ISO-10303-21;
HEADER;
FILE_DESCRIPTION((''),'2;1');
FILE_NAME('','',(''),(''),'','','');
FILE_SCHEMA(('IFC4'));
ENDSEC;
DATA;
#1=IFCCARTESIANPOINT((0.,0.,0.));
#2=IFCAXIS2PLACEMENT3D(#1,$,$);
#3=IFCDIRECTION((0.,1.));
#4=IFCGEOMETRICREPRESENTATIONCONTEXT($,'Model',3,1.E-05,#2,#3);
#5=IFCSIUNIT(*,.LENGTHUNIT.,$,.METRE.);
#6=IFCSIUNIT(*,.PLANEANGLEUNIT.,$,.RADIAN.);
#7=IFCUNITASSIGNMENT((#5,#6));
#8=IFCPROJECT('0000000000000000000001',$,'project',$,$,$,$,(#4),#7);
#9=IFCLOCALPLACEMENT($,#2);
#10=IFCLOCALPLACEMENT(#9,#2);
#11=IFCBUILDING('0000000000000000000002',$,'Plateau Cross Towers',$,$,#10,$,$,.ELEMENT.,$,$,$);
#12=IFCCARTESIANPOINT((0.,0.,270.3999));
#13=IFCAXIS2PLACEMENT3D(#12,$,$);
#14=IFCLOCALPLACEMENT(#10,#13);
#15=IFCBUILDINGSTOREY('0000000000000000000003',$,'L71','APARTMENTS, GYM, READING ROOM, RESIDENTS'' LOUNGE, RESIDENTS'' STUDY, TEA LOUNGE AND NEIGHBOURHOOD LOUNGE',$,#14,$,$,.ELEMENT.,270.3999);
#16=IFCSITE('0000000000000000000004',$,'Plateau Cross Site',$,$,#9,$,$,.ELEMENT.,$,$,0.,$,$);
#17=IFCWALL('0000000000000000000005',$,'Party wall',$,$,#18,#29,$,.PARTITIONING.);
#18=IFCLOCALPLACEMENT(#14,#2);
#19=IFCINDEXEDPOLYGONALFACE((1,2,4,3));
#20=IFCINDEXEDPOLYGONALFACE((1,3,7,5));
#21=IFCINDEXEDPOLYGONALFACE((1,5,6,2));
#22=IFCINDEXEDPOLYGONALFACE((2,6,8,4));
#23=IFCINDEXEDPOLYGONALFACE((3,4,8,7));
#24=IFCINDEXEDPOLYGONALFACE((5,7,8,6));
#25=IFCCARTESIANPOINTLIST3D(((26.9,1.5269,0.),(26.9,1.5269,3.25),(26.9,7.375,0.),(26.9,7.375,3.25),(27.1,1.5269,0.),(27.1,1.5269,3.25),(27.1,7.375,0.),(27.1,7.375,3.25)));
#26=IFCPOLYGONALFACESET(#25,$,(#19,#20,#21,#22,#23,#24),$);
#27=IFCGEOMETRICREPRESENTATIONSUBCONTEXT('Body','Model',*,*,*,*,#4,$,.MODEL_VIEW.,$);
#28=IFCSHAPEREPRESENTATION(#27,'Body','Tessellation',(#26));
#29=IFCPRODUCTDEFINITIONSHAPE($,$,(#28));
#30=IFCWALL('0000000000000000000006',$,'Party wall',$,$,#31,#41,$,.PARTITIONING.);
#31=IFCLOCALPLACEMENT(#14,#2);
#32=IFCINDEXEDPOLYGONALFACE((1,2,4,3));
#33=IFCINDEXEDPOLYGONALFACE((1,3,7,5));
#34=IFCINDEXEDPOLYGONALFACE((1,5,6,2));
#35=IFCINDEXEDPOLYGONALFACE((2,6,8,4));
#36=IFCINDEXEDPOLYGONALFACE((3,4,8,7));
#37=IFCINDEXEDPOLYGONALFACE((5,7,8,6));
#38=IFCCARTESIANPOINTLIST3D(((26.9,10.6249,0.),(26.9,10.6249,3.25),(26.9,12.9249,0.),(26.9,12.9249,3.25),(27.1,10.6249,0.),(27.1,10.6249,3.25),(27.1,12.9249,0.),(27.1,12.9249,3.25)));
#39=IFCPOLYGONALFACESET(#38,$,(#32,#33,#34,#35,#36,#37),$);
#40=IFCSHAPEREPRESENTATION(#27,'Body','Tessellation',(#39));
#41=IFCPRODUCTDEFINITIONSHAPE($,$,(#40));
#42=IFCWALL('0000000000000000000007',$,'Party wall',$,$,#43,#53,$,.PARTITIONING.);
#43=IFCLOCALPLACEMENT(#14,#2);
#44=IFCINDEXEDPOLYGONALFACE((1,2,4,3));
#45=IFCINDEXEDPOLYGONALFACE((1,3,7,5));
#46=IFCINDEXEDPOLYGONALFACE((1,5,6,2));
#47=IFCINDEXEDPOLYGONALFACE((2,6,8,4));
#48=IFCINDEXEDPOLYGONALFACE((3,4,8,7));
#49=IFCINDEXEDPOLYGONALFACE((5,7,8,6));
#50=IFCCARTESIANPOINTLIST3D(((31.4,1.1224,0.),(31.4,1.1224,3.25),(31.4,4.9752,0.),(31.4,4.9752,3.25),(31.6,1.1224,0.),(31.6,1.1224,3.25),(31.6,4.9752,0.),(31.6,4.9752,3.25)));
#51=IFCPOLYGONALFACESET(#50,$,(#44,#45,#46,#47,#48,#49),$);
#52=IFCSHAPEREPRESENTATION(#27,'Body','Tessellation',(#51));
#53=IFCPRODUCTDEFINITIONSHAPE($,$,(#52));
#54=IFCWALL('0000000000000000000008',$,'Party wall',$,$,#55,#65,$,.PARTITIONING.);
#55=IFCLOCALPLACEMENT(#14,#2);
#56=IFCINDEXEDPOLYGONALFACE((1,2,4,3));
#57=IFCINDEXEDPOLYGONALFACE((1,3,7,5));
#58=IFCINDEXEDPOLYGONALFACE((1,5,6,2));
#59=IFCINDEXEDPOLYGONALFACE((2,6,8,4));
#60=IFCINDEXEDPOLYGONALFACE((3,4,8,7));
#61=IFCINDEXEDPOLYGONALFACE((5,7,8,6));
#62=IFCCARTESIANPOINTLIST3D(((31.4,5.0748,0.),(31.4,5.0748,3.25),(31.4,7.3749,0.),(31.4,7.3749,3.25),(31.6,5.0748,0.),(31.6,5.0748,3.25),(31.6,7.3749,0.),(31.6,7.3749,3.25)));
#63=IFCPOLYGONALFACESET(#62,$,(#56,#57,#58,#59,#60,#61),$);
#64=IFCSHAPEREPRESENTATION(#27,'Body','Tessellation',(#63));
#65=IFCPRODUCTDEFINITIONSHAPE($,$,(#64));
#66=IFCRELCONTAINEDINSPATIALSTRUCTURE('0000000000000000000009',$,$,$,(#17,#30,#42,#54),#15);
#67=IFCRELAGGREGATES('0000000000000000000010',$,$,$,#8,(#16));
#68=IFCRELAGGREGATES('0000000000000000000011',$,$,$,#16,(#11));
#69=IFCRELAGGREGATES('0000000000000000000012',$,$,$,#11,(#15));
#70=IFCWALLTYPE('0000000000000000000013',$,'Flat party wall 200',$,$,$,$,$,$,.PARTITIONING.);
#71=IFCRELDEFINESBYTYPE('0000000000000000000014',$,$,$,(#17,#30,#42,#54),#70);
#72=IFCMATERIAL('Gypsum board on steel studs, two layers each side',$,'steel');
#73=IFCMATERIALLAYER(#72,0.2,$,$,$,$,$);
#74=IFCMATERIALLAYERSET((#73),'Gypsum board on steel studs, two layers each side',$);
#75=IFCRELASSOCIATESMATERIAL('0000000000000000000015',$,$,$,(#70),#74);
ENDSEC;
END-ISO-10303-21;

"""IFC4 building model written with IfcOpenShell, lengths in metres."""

from ifc_helpers import new_model, si_unit, direction, frame, frame_2d, origin, place, context, subcontext, project, spatial, rectangle, extrude, material, layer, layer_set, type_object, element, save


model = new_model("IFC4")

# Units and contexts
model_context = context("Model", 3, precision=1e-05, world=origin(), true_north=direction((0.0, 1.0)))
body_context = subcontext(model_context, "Body", "Model", "MODEL_VIEW")
ifc_project = project(units=[si_unit("LENGTHUNIT", "METRE"), si_unit("PLANEANGLEUNIT", "RADIAN")], contexts=[model_context])

# Site, building, storey
site_placement = place(None, origin())
site = spatial("IfcSite", under=ifc_project, at=site_placement, Name="Plateau Cross Site", CompositionType="ELEMENT", RefElevation=0.0)
building_placement = place(site_placement, origin())
building = spatial("IfcBuilding", under=site, at=building_placement, Name="Plateau Cross Towers", CompositionType="ELEMENT")
storey_placement = place(building_placement, frame((0.0, 0.0, 270.3999)))
storey = spatial("IfcBuildingStorey", under=building, at=storey_placement, Name="L71", Description="APARTMENTS, GYM, READING ROOM, RESIDENTS' LOUNGE, RESIDENTS' STUDY, TEA LOUNGE AND NEIGHBOURHOOD LOUNGE", CompositionType="ELEMENT", Elevation=270.3999)

# Walls
ifc_material_1 = material(Name="Gypsum board on steel studs, two layers each side", Category="steel")
ifc_layer_1 = layer(ifc_material_1, 0.2)
ifc_layer_set_1 = layer_set([ifc_layer_1], Name="Gypsum board on steel studs, two layers each side")
wall_type_1 = type_object("IfcWallType", Name="Flat party wall 200", PredefinedType="PARTITIONING", material=ifc_layer_set_1)
wall_1_placement = place(storey_placement, frame((27.0, 1.5269, 0.0), z_axis=(0.0, 0.0, 1.0), x_axis=(0.0, 1.0, 0.0)))
element("IfcWall", 1, at=wall_1_placement, inside=storey, type_object=wall_type_1, Name="Party wall", PredefinedType="PARTITIONING", context=body_context, shape_type="SweptSolid", body=[
    extrude(rectangle(XDim=5.8481, YDim=0.2, at=frame_2d((2.9241, 0.0))), origin(), (0.0, 0.0, 1.0), 3.25),
])
wall_2_placement = place(storey_placement, frame((27.0, 10.625, 0.0), z_axis=(0.0, 0.0, 1.0), x_axis=(0.0, 1.0, 0.0)))
element("IfcWall", 2, at=wall_2_placement, inside=storey, type_object=wall_type_1, Name="Party wall", PredefinedType="PARTITIONING", context=body_context, shape_type="SweptSolid", body=[
    extrude(rectangle(XDim=2.3, YDim=0.2, at=frame_2d((1.1499, 0.0))), origin(), (0.0, 0.0, 1.0), 3.25),
])
wall_3_placement = place(storey_placement, frame((31.5, 4.9751, 0.0), z_axis=(0.0, 0.0, 1.0), x_axis=(0.0, -1.0, 0.0)))
element("IfcWall", 3, at=wall_3_placement, inside=storey, type_object=wall_type_1, Name="Party wall", PredefinedType="PARTITIONING", context=body_context, shape_type="SweptSolid", body=[
    extrude(rectangle(XDim=3.8528, YDim=0.2, at=frame_2d((1.9263, 0.0))), origin(), (0.0, 0.0, 1.0), 3.25),
])
wall_4_placement = place(storey_placement, frame((31.5, 5.075, 0.0), z_axis=(0.0, 0.0, 1.0), x_axis=(0.0, 1.0, 0.0)))
element("IfcWall", 4, at=wall_4_placement, inside=storey, type_object=wall_type_1, Name="Party wall", PredefinedType="PARTITIONING", context=body_context, shape_type="SweptSolid", body=[
    extrude(rectangle(XDim=2.3, YDim=0.2, at=frame_2d((1.1499, 0.0))), origin(), (0.0, 0.0, 1.0), 3.25),
])

save(model, "model.ifc")
